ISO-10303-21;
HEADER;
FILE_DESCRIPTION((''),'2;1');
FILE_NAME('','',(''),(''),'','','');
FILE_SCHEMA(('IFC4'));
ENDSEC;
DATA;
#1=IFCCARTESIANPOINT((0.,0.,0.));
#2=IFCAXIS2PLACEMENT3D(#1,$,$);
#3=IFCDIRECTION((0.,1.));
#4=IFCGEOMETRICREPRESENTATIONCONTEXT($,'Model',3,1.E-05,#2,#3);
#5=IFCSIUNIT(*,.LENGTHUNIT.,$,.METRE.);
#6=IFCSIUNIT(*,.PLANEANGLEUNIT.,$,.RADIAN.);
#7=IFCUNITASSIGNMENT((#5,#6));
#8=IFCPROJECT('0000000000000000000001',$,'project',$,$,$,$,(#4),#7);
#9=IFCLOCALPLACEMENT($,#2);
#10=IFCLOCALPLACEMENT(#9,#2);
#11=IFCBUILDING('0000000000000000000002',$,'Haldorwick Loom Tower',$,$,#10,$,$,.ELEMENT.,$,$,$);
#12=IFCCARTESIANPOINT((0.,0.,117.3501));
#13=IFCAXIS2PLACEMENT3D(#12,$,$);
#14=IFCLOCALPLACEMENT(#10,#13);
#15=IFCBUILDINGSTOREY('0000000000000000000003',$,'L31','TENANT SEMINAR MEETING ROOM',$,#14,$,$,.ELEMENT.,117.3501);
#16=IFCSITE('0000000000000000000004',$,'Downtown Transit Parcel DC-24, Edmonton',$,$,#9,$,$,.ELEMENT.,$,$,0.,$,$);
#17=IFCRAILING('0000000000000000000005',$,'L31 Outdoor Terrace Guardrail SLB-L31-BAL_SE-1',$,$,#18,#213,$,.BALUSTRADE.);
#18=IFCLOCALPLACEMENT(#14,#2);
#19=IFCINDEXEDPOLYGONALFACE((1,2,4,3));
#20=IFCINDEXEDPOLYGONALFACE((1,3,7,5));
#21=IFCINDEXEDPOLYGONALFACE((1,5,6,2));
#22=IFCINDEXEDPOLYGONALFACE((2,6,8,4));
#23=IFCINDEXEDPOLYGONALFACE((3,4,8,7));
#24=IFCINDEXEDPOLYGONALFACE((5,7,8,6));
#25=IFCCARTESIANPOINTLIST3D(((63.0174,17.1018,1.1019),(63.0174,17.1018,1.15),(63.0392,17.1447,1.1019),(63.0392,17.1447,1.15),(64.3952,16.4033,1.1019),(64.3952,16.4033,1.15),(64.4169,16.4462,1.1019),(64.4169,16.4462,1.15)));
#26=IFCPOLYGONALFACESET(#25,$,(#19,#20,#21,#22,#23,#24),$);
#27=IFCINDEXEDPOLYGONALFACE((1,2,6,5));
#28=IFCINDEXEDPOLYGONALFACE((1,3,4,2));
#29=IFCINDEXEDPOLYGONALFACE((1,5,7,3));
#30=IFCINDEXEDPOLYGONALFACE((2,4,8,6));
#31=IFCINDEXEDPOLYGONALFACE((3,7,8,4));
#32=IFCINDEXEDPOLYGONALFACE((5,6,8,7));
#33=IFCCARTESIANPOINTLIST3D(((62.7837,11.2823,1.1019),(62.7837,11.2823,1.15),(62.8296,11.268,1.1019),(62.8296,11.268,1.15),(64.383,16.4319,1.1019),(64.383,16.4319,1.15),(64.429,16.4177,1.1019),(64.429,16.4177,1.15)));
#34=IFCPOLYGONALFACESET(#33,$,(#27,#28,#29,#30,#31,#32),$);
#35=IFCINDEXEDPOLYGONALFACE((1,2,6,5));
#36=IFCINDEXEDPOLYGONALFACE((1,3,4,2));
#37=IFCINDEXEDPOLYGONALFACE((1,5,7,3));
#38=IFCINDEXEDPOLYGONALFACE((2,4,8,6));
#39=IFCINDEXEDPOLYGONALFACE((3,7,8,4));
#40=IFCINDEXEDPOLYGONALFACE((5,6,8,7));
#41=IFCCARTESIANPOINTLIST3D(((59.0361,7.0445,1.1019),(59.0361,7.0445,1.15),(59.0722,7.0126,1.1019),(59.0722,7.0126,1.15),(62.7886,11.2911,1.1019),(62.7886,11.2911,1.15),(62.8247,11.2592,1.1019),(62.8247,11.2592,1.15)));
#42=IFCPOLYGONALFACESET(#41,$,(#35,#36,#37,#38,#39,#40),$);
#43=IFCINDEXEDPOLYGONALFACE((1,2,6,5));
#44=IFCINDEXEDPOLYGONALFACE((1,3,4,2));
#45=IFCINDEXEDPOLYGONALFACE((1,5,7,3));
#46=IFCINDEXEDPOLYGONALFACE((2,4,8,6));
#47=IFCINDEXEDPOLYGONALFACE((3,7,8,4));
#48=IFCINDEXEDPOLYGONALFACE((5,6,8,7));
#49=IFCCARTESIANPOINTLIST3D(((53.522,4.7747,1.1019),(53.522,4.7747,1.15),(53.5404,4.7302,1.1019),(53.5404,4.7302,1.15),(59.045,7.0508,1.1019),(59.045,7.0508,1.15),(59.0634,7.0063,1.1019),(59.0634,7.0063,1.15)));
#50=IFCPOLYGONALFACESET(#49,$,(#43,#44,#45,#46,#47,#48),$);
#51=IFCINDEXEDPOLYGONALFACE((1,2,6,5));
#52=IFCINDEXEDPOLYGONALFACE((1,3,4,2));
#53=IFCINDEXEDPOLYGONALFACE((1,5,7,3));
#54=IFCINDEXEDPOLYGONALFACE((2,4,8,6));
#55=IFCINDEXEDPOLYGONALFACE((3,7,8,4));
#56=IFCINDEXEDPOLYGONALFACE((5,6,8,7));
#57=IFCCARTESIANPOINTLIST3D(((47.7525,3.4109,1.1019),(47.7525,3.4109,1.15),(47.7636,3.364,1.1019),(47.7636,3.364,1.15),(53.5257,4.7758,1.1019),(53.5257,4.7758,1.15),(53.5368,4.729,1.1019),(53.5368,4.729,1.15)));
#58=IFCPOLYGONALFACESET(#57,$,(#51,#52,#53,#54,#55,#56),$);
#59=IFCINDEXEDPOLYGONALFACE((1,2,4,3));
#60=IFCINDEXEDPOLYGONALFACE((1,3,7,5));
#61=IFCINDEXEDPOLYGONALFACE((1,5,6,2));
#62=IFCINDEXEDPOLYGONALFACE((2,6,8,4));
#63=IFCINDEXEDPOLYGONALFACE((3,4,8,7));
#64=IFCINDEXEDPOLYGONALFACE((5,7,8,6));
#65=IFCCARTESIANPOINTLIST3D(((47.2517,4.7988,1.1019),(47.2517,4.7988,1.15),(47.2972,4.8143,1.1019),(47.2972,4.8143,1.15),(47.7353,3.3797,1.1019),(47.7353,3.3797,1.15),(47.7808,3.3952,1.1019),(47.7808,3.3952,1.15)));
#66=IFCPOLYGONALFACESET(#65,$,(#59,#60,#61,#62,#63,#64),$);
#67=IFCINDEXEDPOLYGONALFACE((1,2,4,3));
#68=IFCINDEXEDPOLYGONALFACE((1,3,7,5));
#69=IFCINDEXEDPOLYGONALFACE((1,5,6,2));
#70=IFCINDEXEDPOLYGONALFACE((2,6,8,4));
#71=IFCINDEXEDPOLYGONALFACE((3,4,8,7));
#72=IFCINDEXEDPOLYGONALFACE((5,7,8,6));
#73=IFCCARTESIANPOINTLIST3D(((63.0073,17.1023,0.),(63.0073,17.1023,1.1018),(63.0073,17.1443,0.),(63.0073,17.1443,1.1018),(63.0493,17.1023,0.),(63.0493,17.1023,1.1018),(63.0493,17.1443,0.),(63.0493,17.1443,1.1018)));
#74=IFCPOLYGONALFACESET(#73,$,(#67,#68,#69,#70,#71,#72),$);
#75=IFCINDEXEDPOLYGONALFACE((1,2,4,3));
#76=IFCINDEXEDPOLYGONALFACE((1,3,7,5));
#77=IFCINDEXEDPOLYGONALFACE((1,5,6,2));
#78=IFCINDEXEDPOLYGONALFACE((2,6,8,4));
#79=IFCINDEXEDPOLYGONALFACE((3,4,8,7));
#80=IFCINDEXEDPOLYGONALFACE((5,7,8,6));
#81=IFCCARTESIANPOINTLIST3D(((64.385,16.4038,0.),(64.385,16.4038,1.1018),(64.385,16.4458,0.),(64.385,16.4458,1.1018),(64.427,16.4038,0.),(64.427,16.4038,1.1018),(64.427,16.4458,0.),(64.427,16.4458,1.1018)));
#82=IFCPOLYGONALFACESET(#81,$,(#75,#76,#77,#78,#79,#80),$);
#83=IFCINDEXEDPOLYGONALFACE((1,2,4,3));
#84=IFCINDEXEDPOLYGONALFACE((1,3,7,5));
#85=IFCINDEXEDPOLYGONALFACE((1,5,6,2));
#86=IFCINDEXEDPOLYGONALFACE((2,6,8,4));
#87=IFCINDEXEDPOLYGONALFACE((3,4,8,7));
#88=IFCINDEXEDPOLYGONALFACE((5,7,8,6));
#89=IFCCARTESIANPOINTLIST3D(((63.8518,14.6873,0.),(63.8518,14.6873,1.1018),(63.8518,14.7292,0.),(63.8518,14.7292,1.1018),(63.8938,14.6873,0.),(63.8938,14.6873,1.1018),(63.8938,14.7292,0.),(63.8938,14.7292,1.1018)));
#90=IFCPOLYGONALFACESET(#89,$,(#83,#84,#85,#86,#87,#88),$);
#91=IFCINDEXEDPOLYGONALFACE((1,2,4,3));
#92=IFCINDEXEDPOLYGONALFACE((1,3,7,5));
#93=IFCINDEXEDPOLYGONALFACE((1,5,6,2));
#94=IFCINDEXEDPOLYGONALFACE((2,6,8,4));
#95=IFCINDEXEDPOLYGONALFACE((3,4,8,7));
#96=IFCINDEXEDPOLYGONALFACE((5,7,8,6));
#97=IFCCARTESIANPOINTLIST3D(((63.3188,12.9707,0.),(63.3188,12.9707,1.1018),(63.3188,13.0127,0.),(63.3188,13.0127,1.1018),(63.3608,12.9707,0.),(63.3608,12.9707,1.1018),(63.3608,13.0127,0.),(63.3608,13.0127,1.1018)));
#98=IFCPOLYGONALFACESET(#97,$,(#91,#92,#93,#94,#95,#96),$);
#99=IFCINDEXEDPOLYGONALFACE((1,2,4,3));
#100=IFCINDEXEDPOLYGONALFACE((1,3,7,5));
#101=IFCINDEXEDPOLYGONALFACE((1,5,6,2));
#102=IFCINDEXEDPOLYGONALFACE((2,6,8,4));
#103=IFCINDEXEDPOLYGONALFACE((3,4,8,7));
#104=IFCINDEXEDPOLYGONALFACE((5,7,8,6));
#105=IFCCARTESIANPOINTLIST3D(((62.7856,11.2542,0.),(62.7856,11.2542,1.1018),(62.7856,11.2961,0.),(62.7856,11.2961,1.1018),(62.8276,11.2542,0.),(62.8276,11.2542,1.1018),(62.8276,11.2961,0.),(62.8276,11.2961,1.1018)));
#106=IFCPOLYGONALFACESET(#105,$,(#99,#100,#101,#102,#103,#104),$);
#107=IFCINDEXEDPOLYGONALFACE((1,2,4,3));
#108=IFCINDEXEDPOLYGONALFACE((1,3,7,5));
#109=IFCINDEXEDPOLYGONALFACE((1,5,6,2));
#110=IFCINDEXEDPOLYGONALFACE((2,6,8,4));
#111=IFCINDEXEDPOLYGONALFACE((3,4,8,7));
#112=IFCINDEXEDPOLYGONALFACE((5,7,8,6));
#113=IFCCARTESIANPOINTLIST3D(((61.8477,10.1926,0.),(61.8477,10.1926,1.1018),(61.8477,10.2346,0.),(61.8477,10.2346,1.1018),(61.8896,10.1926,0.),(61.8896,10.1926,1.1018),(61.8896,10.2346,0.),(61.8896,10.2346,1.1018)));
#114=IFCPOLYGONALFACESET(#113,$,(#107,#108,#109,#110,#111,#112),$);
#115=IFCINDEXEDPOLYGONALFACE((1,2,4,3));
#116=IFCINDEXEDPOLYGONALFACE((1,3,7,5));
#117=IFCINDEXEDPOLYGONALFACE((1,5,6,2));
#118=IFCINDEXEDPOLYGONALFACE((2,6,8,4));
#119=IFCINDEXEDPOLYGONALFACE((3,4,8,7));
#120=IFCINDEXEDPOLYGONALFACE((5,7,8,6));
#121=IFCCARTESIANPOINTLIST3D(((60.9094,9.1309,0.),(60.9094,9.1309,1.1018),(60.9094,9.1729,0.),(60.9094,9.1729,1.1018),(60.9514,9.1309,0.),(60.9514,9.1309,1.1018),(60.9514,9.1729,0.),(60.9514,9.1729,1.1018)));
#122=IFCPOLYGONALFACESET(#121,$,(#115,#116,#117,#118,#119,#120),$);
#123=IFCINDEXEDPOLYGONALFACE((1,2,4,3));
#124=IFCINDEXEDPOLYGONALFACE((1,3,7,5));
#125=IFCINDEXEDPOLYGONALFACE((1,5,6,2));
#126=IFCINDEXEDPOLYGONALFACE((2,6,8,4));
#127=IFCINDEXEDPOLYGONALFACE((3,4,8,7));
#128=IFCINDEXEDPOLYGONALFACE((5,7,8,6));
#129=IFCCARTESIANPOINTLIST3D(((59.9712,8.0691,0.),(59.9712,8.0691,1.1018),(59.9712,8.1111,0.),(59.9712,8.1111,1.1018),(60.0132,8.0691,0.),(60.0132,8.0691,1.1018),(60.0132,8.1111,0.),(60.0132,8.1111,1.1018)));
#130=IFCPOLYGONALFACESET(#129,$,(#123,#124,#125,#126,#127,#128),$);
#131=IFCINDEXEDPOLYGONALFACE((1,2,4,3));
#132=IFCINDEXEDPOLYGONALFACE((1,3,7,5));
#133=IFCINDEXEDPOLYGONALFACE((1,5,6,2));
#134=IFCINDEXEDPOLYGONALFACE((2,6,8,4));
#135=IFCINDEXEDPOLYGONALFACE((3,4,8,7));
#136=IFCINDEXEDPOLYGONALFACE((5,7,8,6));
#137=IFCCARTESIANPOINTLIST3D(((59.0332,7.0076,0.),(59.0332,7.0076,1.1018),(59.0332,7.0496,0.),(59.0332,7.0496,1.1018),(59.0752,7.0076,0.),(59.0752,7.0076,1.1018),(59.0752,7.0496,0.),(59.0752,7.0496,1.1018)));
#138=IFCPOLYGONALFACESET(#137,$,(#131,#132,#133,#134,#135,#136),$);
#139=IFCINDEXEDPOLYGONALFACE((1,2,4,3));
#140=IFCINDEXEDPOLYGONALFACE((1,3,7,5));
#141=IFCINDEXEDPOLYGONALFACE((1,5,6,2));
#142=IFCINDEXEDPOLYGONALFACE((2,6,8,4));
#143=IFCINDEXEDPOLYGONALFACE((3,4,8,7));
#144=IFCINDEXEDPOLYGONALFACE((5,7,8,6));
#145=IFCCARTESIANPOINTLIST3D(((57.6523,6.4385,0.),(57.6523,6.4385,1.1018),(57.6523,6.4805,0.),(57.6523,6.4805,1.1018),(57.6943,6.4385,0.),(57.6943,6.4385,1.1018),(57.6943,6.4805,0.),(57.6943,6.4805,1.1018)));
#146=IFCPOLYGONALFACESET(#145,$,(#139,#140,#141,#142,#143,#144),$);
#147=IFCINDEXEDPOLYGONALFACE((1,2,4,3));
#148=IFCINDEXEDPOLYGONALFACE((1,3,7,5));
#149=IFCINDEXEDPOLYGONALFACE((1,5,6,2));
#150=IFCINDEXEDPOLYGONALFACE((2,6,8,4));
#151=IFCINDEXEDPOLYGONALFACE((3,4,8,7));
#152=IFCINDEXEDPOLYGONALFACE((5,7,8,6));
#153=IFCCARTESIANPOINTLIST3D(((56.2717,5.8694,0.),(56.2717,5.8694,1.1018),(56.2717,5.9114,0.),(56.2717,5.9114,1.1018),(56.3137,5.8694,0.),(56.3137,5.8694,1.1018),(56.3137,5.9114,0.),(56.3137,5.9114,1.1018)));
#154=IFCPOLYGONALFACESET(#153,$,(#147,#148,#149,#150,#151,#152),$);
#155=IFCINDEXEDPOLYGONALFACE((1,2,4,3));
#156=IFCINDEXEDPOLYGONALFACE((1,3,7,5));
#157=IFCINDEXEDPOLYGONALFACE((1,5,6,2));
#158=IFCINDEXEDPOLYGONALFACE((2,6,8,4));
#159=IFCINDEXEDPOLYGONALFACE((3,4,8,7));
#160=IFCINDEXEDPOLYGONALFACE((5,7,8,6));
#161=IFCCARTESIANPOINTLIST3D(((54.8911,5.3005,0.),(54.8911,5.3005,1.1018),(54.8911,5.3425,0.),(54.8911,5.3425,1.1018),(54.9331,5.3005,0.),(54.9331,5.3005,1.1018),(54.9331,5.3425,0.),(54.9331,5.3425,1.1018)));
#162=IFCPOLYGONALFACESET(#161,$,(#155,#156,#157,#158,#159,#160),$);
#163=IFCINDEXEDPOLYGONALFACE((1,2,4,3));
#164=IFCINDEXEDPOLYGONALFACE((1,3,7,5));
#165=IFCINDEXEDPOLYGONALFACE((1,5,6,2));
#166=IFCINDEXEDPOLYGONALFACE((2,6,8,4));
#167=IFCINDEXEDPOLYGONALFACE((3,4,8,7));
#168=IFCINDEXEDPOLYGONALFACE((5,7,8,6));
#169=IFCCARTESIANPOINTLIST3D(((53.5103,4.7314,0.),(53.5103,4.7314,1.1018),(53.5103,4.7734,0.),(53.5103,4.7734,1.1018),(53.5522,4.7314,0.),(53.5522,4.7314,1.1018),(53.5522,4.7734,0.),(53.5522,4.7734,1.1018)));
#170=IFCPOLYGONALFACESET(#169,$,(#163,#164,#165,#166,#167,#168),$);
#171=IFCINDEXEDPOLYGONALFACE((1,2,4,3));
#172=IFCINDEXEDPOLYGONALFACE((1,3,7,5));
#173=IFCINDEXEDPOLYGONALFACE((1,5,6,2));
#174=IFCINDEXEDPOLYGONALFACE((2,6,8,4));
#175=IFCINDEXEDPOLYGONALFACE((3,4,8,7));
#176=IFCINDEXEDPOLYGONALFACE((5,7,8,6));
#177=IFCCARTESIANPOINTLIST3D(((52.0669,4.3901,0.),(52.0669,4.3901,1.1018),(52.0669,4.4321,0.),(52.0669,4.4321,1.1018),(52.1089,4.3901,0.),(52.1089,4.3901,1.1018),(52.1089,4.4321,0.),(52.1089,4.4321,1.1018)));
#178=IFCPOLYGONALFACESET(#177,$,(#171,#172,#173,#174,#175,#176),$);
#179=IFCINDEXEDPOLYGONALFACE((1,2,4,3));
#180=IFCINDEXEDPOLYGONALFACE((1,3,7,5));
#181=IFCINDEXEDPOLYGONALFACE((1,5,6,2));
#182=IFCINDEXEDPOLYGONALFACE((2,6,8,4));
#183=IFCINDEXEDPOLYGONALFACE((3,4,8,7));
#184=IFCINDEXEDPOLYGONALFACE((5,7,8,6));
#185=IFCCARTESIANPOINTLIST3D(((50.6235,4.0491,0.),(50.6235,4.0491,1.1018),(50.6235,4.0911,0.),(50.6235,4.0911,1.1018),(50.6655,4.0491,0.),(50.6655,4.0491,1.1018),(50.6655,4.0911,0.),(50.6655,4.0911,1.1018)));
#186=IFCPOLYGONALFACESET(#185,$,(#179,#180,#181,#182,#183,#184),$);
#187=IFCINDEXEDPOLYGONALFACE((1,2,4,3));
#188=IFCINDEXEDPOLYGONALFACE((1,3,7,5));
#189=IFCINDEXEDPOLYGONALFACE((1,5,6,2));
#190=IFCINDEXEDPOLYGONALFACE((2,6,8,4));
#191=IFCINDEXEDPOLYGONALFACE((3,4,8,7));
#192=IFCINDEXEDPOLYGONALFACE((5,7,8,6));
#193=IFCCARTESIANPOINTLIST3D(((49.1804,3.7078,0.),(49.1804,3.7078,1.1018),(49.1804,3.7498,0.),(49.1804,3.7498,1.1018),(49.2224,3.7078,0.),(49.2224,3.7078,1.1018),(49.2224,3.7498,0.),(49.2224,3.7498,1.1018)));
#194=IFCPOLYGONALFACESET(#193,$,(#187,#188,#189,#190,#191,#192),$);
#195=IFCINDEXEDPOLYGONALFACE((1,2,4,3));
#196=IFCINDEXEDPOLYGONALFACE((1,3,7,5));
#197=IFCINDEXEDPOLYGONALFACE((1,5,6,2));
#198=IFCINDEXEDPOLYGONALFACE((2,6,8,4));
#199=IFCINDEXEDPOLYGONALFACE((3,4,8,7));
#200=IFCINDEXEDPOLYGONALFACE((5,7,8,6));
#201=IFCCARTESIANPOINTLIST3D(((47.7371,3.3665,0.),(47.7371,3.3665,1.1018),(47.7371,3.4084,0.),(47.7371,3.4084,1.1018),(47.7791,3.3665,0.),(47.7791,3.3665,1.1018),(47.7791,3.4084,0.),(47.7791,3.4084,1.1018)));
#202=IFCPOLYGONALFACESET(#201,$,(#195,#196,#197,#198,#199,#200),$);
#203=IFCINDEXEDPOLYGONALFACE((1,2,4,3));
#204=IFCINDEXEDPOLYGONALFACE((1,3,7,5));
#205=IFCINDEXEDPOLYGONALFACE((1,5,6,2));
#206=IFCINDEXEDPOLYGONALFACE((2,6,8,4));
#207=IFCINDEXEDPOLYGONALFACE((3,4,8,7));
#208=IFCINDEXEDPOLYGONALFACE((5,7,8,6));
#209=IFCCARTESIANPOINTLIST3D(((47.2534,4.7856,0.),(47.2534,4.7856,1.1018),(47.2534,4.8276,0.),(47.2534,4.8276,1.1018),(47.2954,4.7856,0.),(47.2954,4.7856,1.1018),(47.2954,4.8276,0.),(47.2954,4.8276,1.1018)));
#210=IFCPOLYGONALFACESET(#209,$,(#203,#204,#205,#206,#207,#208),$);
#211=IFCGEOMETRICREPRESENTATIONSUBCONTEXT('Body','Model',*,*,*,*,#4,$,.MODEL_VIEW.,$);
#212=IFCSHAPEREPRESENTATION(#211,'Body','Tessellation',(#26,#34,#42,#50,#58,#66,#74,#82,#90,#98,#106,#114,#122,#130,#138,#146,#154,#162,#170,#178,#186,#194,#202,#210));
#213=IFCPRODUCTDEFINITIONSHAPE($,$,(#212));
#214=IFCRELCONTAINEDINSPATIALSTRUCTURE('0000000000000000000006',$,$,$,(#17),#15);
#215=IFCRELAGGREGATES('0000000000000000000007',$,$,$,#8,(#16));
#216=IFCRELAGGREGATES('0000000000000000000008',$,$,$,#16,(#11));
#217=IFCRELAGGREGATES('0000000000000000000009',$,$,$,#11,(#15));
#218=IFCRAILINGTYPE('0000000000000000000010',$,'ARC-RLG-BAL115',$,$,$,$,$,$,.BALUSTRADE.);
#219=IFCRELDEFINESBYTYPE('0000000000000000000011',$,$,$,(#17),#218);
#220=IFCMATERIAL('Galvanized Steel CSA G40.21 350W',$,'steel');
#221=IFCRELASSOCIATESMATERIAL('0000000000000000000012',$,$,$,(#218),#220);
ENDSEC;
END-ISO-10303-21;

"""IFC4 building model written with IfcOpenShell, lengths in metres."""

from ifc_helpers import new_model, si_unit, direction, frame, origin, origin_2d, place, context, subcontext, project, spatial, rectangle, extrude, material, type_object, element, save


model = new_model("IFC4")

# Units and contexts
model_context = context("Model", 3, precision=1e-05, world=origin(), true_north=direction((0.0, 1.0)))
body_context = subcontext(model_context, "Body", "Model", "MODEL_VIEW")
ifc_project = project(units=[si_unit("LENGTHUNIT", "METRE"), si_unit("PLANEANGLEUNIT", "RADIAN")], contexts=[model_context])

# Site, building, storey
site_placement = place(None, origin())
site = spatial("IfcSite", under=ifc_project, at=site_placement, Name="Downtown Transit Parcel DC-24, Edmonton", CompositionType="ELEMENT", RefElevation=0.0)
building_placement = place(site_placement, origin())
building = spatial("IfcBuilding", under=site, at=building_placement, Name="Haldorwick Loom Tower", CompositionType="ELEMENT")
storey_placement = place(building_placement, frame((0.0, 0.0, 117.3501)))
storey = spatial("IfcBuildingStorey", under=building, at=storey_placement, Name="L31", Description="TENANT SEMINAR MEETING ROOM", CompositionType="ELEMENT", Elevation=117.3501)

# Railing
ifc_material_1 = material(Name="Galvanized Steel CSA G40.21 350W", Category="steel")
railing_type = type_object("IfcRailingType", Name="ARC-RLG-BAL115", PredefinedType="BALUSTRADE", material=ifc_material_1)
railing_placement = place(storey_placement, frame((63.0283, 17.1233, 0.0)))
element("IfcRailing", 1, at=railing_placement, inside=storey, type_object=railing_type, Name="L31 Outdoor Terrace Guardrail SLB-L31-BAL_SE-1", PredefinedType="BALUSTRADE", context=body_context, shape_type="SweptSolid", body=[
    extrude(rectangle(XDim=0.0481, YDim=0.0481, at=origin_2d()), frame((0.0, 0.0, 1.126), z_axis=(0.891916, -0.452201, 0.0), x_axis=(0.452201, 0.891916, 0.0)), (0.0, 0.0, 1.0), 1.5447),
    extrude(rectangle(XDim=0.0481, YDim=0.0481, at=origin_2d()), frame((1.3777, -0.6985, 1.126), z_axis=(-0.296601, -0.955001, 0.0), x_axis=(0.955001, -0.296601, 0.0)), (0.0, 0.0, 1.0), 5.3923),
    extrude(rectangle(XDim=0.0481, YDim=0.0481, at=origin_2d()), frame((-0.2217, -5.8481, 1.126), z_axis=(-0.662163, -0.74936, 0.0), x_axis=(0.74936, -0.662163, 0.0)), (0.0, 0.0, 1.0), 5.667),
    extrude(rectangle(XDim=0.0481, YDim=0.0481, at=origin_2d()), frame((-3.9741, -10.0947, 1.126), z_axis=(-0.924562, -0.381031, 0.0), x_axis=(0.381031, -0.924562, 0.0)), (0.0, 0.0, 1.0), 5.9736),
    extrude(rectangle(XDim=0.0481, YDim=0.0481, at=origin_2d()), frame((-9.4971, -12.3708, 1.126), z_axis=(-0.973169, -0.230092, 0.0), x_axis=(0.230092, -0.973169, 0.0)), (0.0, 0.0, 1.0), 5.9324),
    extrude(rectangle(XDim=0.0481, YDim=0.0481, at=origin_2d()), frame((-15.2703, -13.7358, 1.126), z_axis=(-0.322571, 0.946545, 0.0), x_axis=(-0.946545, -0.322571, 0.0)), (0.0, 0.0, 1.0), 1.4993),
    extrude(rectangle(XDim=0.042, YDim=0.042, at=origin_2d()), origin(), (0.0, 0.0, 1.0), 1.1018),
    extrude(rectangle(XDim=0.042, YDim=0.042, at=origin_2d()), frame((1.3777, -0.6985, 0.0)), (0.0, 0.0, 1.0), 1.1018),
    extrude(rectangle(XDim=0.042, YDim=0.042, at=origin_2d()), frame((0.8445, -2.415, 0.0)), (0.0, 0.0, 1.0), 1.1018),
    extrude(rectangle(XDim=0.042, YDim=0.042, at=origin_2d()), frame((0.3115, -4.1316, 0.0)), (0.0, 0.0, 1.0), 1.1018),
    extrude(rectangle(XDim=0.042, YDim=0.042, at=origin_2d()), frame((-0.2217, -5.8481, 0.0)), (0.0, 0.0, 1.0), 1.1018),
    extrude(rectangle(XDim=0.042, YDim=0.042, at=origin_2d()), frame((-1.1597, -6.9097, 0.0)), (0.0, 0.0, 1.0), 1.1018),
    extrude(rectangle(XDim=0.042, YDim=0.042, at=origin_2d()), frame((-2.0979, -7.9714, 0.0)), (0.0, 0.0, 1.0), 1.1018),
    extrude(rectangle(XDim=0.042, YDim=0.042, at=origin_2d()), frame((-3.0361, -9.0332, 0.0)), (0.0, 0.0, 1.0), 1.1018),
    extrude(rectangle(XDim=0.042, YDim=0.042, at=origin_2d()), frame((-3.9741, -10.0947, 0.0)), (0.0, 0.0, 1.0), 1.1018),
    extrude(rectangle(XDim=0.042, YDim=0.042, at=origin_2d()), frame((-5.355, -10.6638, 0.0)), (0.0, 0.0, 1.0), 1.1018),
    extrude(rectangle(XDim=0.042, YDim=0.042, at=origin_2d()), frame((-6.7356, -11.2329, 0.0)), (0.0, 0.0, 1.0), 1.1018),
    extrude(rectangle(XDim=0.042, YDim=0.042, at=origin_2d()), frame((-8.1162, -11.8018, 0.0)), (0.0, 0.0, 1.0), 1.1018),
    extrude(rectangle(XDim=0.042, YDim=0.042, at=origin_2d()), frame((-9.4971, -12.3708, 0.0)), (0.0, 0.0, 1.0), 1.1018),
    extrude(rectangle(XDim=0.042, YDim=0.042, at=origin_2d()), frame((-10.9404, -12.7122, 0.0)), (0.0, 0.0, 1.0), 1.1018),
    extrude(rectangle(XDim=0.042, YDim=0.042, at=origin_2d()), frame((-12.3838, -13.0532, 0.0)), (0.0, 0.0, 1.0), 1.1018),
    extrude(rectangle(XDim=0.042, YDim=0.042, at=origin_2d()), frame((-13.8269, -13.3945, 0.0)), (0.0, 0.0, 1.0), 1.1018),
    extrude(rectangle(XDim=0.042, YDim=0.042, at=origin_2d()), frame((-15.2703, -13.7358, 0.0)), (0.0, 0.0, 1.0), 1.1018),
    extrude(rectangle(XDim=0.042, YDim=0.042, at=origin_2d()), frame((-15.7539, -12.3167, 0.0)), (0.0, 0.0, 1.0), 1.1018),
])

save(model, "model.ifc")
